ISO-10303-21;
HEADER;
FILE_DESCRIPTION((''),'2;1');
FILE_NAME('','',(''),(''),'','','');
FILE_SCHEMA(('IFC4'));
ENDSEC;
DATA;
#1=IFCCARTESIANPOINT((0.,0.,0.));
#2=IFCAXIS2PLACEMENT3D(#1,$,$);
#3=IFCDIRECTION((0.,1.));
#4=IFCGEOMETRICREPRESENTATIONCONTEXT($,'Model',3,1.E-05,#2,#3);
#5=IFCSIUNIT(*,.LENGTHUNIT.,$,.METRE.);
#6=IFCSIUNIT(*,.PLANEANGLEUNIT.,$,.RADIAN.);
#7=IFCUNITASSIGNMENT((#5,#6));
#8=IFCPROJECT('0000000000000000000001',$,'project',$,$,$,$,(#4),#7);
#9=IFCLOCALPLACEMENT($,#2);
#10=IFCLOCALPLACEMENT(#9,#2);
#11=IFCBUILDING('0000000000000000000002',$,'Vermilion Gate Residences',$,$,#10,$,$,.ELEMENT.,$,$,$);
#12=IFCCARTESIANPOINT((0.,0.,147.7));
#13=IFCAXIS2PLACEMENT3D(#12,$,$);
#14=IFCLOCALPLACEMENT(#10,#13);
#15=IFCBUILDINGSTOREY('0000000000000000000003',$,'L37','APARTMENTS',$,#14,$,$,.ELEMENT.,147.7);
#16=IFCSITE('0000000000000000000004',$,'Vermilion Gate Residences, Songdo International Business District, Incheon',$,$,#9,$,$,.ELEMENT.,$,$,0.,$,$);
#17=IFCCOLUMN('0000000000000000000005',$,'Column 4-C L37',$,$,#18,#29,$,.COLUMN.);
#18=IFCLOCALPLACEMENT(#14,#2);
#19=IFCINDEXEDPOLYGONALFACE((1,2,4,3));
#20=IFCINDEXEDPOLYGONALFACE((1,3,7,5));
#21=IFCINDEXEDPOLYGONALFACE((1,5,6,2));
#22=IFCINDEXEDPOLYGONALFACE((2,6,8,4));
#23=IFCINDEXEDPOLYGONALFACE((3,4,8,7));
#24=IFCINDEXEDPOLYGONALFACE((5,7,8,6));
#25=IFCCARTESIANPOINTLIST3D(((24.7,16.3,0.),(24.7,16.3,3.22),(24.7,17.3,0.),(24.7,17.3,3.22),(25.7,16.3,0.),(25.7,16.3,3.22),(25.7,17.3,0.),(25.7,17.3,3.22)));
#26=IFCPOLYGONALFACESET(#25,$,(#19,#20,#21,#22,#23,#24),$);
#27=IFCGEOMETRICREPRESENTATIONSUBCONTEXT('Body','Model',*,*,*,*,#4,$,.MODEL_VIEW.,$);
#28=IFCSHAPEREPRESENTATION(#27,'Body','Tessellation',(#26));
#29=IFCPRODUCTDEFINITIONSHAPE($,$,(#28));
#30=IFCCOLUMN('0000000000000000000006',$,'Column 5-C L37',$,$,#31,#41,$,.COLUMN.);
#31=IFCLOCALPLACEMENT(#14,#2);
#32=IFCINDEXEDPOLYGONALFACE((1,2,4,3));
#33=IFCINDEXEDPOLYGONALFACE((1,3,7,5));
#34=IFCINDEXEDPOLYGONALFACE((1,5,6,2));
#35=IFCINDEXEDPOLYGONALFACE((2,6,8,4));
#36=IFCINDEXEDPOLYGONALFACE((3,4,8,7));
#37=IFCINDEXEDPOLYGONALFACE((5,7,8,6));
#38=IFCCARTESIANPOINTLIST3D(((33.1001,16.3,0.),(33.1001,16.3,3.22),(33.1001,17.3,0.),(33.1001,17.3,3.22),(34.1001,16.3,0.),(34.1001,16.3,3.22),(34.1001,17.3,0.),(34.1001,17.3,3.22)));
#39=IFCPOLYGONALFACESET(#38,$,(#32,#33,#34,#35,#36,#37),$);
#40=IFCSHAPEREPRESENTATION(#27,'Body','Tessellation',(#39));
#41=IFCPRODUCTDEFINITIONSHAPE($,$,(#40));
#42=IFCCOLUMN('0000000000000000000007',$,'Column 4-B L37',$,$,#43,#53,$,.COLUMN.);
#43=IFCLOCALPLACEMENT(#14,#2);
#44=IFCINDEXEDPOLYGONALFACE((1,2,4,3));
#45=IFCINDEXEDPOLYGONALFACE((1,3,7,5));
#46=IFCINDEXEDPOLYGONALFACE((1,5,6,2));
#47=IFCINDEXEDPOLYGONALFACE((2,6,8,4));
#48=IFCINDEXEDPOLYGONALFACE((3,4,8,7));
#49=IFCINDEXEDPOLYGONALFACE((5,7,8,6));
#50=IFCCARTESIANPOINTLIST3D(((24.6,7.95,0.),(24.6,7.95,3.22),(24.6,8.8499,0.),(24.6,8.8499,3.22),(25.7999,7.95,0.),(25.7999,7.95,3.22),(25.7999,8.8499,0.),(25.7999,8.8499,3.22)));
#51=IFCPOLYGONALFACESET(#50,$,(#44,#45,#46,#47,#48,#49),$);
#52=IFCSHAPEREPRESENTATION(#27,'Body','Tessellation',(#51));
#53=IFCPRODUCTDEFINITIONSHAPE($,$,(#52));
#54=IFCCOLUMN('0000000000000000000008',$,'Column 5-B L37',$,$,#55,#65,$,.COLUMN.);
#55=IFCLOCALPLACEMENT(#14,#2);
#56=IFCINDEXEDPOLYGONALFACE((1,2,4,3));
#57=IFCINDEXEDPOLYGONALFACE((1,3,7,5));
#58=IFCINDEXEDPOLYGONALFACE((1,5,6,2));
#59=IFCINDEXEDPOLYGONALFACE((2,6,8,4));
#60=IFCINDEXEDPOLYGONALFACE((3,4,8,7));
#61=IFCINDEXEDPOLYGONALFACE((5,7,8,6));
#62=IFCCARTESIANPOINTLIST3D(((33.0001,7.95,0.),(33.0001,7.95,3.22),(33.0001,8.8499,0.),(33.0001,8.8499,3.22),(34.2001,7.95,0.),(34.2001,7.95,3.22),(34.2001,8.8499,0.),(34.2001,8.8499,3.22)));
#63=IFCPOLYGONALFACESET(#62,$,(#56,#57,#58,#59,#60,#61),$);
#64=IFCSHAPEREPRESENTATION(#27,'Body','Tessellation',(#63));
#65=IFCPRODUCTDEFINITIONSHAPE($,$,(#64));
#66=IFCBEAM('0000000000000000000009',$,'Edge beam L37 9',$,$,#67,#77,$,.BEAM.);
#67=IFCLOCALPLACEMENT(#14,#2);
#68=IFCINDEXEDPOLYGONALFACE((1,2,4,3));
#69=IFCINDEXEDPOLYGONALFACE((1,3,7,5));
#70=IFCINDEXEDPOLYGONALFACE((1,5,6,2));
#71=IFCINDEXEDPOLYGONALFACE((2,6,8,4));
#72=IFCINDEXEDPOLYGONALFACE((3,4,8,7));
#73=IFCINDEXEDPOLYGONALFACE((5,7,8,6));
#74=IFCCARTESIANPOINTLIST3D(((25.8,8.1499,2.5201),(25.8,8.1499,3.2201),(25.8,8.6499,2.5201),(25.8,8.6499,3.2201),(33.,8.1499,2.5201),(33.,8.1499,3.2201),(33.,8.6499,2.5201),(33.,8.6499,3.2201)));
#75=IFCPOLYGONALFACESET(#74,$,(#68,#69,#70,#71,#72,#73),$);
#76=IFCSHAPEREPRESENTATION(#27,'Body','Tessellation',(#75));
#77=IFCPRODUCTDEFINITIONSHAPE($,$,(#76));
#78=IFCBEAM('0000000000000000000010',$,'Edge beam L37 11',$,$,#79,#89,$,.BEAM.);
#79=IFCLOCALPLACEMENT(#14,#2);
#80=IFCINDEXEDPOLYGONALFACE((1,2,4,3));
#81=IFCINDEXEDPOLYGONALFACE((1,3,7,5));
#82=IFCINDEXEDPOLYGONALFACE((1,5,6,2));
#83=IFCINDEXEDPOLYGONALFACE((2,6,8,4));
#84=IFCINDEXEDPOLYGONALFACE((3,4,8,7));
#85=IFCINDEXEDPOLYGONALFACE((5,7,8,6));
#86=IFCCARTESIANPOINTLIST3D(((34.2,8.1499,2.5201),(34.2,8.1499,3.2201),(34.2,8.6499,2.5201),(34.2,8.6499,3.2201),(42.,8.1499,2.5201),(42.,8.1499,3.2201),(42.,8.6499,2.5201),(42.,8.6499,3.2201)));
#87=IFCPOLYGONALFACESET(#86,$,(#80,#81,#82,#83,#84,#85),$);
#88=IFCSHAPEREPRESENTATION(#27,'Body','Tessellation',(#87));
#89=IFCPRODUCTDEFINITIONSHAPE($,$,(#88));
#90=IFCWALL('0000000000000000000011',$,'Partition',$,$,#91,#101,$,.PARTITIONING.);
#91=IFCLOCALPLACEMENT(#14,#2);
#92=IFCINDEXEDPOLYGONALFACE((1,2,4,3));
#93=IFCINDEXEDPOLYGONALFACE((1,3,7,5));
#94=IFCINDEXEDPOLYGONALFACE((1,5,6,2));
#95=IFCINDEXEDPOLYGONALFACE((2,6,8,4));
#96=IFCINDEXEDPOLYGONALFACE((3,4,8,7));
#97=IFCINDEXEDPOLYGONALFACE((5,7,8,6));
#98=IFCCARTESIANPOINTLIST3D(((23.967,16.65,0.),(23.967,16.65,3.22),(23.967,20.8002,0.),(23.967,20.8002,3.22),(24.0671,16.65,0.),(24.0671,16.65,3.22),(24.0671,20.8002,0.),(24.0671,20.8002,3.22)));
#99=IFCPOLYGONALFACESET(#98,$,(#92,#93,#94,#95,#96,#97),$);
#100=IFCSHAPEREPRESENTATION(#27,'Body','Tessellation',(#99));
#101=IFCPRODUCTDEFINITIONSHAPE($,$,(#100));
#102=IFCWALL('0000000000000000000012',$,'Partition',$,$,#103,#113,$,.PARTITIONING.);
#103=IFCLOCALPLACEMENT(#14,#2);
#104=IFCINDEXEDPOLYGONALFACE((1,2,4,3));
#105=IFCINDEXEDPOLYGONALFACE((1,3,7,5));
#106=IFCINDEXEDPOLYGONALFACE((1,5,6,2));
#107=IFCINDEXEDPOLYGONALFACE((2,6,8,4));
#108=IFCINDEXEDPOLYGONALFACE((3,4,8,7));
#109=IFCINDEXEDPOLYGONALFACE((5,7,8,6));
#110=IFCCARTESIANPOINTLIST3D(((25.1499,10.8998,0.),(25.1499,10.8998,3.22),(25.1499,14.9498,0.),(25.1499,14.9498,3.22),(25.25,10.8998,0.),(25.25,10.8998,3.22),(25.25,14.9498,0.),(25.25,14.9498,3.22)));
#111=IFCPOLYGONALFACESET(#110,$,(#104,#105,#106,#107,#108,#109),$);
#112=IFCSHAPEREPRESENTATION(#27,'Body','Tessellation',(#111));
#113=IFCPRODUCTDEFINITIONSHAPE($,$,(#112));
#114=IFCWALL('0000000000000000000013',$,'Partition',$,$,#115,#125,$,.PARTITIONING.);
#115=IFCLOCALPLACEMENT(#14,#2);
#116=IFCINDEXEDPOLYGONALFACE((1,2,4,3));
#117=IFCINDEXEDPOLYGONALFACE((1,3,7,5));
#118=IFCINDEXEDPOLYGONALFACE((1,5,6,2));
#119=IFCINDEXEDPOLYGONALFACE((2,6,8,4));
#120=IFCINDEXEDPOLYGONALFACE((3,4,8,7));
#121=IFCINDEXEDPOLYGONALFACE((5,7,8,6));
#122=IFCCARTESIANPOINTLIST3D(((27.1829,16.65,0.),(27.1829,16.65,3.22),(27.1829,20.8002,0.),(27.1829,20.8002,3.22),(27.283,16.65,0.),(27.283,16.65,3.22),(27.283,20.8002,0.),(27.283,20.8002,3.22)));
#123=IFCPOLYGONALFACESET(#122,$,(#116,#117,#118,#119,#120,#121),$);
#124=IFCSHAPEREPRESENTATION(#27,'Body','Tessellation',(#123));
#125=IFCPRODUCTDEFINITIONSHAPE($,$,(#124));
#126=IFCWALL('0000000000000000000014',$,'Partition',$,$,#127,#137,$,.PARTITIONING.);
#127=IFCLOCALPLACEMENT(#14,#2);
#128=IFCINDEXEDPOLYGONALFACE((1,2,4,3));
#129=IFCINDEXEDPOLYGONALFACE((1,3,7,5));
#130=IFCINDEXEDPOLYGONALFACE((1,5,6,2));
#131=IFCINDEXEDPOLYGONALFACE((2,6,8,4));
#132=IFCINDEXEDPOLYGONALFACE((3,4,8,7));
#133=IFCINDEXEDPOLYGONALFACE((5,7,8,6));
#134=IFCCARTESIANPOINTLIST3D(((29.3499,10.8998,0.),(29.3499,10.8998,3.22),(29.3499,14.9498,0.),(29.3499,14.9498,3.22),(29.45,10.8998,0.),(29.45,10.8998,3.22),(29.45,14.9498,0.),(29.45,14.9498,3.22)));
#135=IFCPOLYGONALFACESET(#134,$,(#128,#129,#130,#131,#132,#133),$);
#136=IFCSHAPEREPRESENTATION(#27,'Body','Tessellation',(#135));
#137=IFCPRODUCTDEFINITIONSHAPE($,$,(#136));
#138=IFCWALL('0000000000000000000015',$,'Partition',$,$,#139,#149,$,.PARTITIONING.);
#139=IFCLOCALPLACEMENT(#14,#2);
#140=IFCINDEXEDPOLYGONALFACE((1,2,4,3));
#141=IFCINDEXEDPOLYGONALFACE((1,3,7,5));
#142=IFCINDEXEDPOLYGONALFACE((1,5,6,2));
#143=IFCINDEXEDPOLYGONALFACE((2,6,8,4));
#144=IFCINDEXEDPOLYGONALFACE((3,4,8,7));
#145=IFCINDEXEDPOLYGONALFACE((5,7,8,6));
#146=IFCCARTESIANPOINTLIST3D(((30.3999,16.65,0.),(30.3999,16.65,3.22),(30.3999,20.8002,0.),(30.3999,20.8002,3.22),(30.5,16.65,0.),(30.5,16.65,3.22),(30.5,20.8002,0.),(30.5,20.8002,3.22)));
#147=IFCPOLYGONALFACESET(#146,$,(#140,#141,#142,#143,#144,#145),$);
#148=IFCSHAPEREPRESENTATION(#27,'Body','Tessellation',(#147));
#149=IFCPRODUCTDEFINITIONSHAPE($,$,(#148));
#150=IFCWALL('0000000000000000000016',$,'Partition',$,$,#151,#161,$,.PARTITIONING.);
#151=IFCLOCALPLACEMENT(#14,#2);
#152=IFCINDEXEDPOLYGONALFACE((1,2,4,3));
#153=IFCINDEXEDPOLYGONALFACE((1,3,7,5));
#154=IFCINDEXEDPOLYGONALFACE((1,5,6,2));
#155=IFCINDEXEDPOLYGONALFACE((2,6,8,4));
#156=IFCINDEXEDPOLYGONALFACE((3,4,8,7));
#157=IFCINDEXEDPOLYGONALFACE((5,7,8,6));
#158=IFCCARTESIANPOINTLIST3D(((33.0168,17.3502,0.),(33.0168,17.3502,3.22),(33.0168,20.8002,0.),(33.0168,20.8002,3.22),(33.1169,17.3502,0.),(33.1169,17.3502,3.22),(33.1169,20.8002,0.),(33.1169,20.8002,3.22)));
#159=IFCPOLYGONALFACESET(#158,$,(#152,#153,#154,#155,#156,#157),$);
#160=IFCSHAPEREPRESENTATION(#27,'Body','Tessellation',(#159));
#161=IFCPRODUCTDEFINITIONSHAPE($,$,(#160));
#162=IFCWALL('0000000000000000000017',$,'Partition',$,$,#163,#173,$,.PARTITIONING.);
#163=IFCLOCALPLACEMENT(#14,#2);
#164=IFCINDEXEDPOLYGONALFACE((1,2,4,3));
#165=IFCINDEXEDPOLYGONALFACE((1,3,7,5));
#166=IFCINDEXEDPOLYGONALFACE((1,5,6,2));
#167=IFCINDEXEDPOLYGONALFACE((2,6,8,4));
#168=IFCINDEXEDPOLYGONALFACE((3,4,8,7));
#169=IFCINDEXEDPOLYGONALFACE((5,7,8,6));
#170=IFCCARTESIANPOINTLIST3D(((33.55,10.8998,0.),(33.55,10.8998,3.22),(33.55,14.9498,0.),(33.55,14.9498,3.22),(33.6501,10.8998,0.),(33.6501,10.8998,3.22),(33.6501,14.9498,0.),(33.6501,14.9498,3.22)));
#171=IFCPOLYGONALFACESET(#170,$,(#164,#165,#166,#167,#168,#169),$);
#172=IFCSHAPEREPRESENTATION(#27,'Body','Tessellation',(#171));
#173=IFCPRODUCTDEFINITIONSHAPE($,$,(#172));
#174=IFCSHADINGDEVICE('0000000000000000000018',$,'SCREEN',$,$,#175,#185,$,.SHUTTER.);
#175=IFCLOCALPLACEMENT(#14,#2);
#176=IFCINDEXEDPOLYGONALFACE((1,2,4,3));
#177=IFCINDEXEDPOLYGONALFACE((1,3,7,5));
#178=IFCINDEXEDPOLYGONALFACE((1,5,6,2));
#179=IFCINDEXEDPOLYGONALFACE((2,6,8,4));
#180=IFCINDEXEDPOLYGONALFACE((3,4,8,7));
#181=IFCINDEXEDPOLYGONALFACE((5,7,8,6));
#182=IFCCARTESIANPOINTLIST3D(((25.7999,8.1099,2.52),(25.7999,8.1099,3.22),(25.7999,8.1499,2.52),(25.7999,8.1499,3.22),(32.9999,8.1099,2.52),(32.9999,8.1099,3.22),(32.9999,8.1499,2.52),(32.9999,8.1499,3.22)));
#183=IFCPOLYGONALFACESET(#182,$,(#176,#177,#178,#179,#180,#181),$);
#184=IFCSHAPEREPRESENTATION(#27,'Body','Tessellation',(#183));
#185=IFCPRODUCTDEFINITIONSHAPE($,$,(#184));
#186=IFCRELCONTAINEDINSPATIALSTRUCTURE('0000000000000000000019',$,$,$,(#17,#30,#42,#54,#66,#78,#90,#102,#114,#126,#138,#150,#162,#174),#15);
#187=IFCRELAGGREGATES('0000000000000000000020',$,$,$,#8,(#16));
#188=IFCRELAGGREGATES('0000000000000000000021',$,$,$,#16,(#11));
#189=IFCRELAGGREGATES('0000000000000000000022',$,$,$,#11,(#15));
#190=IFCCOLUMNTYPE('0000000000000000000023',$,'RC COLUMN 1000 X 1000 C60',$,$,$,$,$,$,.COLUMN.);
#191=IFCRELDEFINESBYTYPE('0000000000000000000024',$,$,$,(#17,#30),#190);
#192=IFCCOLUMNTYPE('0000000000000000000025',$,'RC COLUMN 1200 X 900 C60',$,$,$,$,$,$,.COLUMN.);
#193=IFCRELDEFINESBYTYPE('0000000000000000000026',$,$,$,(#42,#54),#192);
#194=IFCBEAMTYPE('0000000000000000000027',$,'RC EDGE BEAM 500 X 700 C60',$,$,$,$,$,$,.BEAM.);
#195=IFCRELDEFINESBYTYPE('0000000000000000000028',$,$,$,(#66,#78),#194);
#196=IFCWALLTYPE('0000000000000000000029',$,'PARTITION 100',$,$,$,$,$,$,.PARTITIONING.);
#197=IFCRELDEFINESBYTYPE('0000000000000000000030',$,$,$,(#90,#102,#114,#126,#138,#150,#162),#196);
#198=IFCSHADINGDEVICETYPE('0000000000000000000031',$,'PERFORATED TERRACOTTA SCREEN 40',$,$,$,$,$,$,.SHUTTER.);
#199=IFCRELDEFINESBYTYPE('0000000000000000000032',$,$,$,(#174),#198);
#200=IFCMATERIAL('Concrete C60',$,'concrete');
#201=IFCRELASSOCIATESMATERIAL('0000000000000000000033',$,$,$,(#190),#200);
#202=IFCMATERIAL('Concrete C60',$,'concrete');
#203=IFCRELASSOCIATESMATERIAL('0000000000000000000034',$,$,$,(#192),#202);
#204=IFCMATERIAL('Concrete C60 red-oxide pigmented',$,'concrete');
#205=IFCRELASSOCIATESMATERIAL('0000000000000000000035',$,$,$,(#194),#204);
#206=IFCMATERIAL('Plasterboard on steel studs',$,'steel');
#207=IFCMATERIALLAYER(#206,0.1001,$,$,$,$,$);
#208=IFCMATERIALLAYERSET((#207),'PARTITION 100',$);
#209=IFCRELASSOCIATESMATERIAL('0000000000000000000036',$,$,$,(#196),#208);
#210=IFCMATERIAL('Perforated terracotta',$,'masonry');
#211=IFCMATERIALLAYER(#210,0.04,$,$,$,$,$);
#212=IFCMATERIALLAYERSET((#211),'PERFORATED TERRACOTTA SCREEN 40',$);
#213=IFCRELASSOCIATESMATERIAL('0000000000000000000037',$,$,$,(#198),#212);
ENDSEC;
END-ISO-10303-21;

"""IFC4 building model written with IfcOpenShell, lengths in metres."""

from ifc_helpers import new_model, si_unit, direction, frame, frame_2d, origin, origin_2d, place, context, subcontext, project, spatial, rectangle, extrude, material, layer, layer_set, material_profile, profile_set, type_object, element, save


model = new_model("IFC4")

# Units and contexts
model_context = context("Model", 3, precision=1e-05, world=origin(), true_north=direction((0.0, 1.0)))
body_context = subcontext(model_context, "Body", "Model", "MODEL_VIEW")
ifc_project = project(units=[si_unit("LENGTHUNIT", "METRE"), si_unit("PLANEANGLEUNIT", "RADIAN")], contexts=[model_context])

# Site, building, storey
site_placement = place(None, origin())
site = spatial("IfcSite", under=ifc_project, at=site_placement, Name="Vermilion Gate Residences, Songdo International Business District, Incheon", CompositionType="ELEMENT", RefElevation=0.0)
building_placement = place(site_placement, origin())
building = spatial("IfcBuilding", under=site, at=building_placement, Name="Vermilion Gate Residences", CompositionType="ELEMENT")
storey_placement = place(building_placement, frame((0.0, 0.0, 147.7)))
storey = spatial("IfcBuildingStorey", under=building, at=storey_placement, Name="L37", Description="APARTMENTS", CompositionType="ELEMENT", Elevation=147.7)

# Columns
ifc_material_1 = material(Name="Concrete C60", Category="concrete")
ifc_material_profile_1 = material_profile(ifc_material_1, rectangle(XDim=1.0, YDim=1.0, at=origin_2d()), Name="RC-1000x1000")
ifc_profile_set_1 = profile_set([ifc_material_profile_1], Name="Concrete C60")
column_type_1 = type_object("IfcColumnType", Name="RC COLUMN 1000 X 1000 C60", PredefinedType="COLUMN", material=ifc_profile_set_1)
for number, where, z_axis, x_axis, name in (
    (1, (25.2, 16.8, 0.0), (0.0, 0.0, 1.0), (1.0, 0.0, 0.0), "Column 4-C L37"),
    (2, (33.6001, 16.8, 0.0), (0.0, 0.0, 1.0), (1.0, 0.0, 0.0), "Column 5-C L37"),
):
    element("IfcColumn", number, at=place(storey_placement, frame(where, z_axis=z_axis, x_axis=x_axis)), inside=storey, type_object=column_type_1, Name=name, PredefinedType="COLUMN", context=body_context, shape_type="SweptSolid", body=[
        extrude(rectangle(XDim=1.0, YDim=1.0, at=origin_2d()), origin(), (0.0, 0.0, 1.0), 3.22),
    ])
ifc_material_2 = material(Name="Concrete C60", Category="concrete")
ifc_material_profile_2 = material_profile(ifc_material_2, rectangle(XDim=1.2, YDim=0.8999, at=origin_2d()), Name="RC-1200x900")
ifc_profile_set_2 = profile_set([ifc_material_profile_2], Name="Concrete C60")
column_type_2 = type_object("IfcColumnType", Name="RC COLUMN 1200 X 900 C60", PredefinedType="COLUMN", material=ifc_profile_set_2)
for number, where, z_axis, x_axis, name in (
    (3, (25.2, 8.3999, 0.0), (0.0, 0.0, 1.0), (1.0, 0.0, 0.0), "Column 4-B L37"),
    (4, (33.6001, 8.3999, 0.0), (0.0, 0.0, 1.0), (1.0, 0.0, 0.0), "Column 5-B L37"),
):
    element("IfcColumn", number, at=place(storey_placement, frame(where, z_axis=z_axis, x_axis=x_axis)), inside=storey, type_object=column_type_2, Name=name, PredefinedType="COLUMN", context=body_context, shape_type="SweptSolid", body=[
        extrude(rectangle(XDim=1.2, YDim=0.8999, at=origin_2d()), origin(), (0.0, 0.0, 1.0), 3.22),
    ])

# Beams
ifc_material_3 = material(Name="Concrete C60 red-oxide pigmented", Category="concrete")
ifc_material_profile_3 = material_profile(ifc_material_3, rectangle(XDim=0.5, YDim=0.7, at=origin_2d()), Name="RC-500x700")
ifc_profile_set_3 = profile_set([ifc_material_profile_3], Name="Concrete C60 red-oxide pigmented")
beam_type = type_object("IfcBeamType", Name="RC EDGE BEAM 500 X 700 C60", PredefinedType="BEAM", material=ifc_profile_set_3)
beam_1_placement = place(storey_placement, frame((25.8, 8.3999, 2.8701), z_axis=(1.0, 0.0, 0.0), x_axis=(0.0, 1.0, 0.0)))
element("IfcBeam", 5, at=beam_1_placement, inside=storey, type_object=beam_type, Name="Edge beam L37 9", PredefinedType="BEAM", context=body_context, shape_type="SweptSolid", body=[
    extrude(rectangle(XDim=0.5, YDim=0.7, at=origin_2d()), origin(), (0.0, 0.0, 1.0), 7.2),
])
beam_2_placement = place(storey_placement, frame((34.2, 8.3999, 2.8701), z_axis=(1.0, 0.0, 0.0), x_axis=(0.0, 1.0, 0.0)))
element("IfcBeam", 6, at=beam_2_placement, inside=storey, type_object=beam_type, Name="Edge beam L37 11", PredefinedType="BEAM", context=body_context, shape_type="SweptSolid", body=[
    extrude(rectangle(XDim=0.5, YDim=0.7, at=origin_2d()), origin(), (0.0, 0.0, 1.0), 7.8),
])

# Walls
ifc_material_4 = material(Name="Plasterboard on steel studs", Category="steel")
ifc_layer_1 = layer(ifc_material_4, 0.1001)
ifc_layer_set_1 = layer_set([ifc_layer_1], Name="PARTITION 100")
wall_type = type_object("IfcWallType", Name="PARTITION 100", PredefinedType="PARTITIONING", material=ifc_layer_set_1)
wall_1_placement = place(storey_placement, frame((24.0171, 16.6499, 0.0), z_axis=(0.0, 0.0, 1.0), x_axis=(0.0, 1.0, 0.0)))
element("IfcWall", 7, at=wall_1_placement, inside=storey, type_object=wall_type, Name="Partition", PredefinedType="PARTITIONING", context=body_context, shape_type="SweptSolid", body=[
    extrude(rectangle(XDim=4.1501, YDim=0.1001, at=frame_2d((2.0752, 0.0))), origin(), (0.0, 0.0, 1.0), 3.22),
])
wall_2_placement = place(storey_placement, frame((25.2, 10.8999, 0.0), z_axis=(0.0, 0.0, 1.0), x_axis=(0.0, 1.0, 0.0)))
element("IfcWall", 8, at=wall_2_placement, inside=storey, type_object=wall_type, Name="Partition", PredefinedType="PARTITIONING", context=body_context, shape_type="SweptSolid", body=[
    extrude(rectangle(XDim=4.05, YDim=0.1001, at=frame_2d((2.0249, 0.0))), origin(), (0.0, 0.0, 1.0), 3.22),
])
wall_3_placement = place(storey_placement, frame((27.2329, 16.6499, 0.0), z_axis=(0.0, 0.0, 1.0), x_axis=(0.0, 1.0, 0.0)))
element("IfcWall", 9, at=wall_3_placement, inside=storey, type_object=wall_type, Name="Partition", PredefinedType="PARTITIONING", context=body_context, shape_type="SweptSolid", body=[
    extrude(rectangle(XDim=4.1501, YDim=0.1001, at=frame_2d((2.0752, 0.0))), origin(), (0.0, 0.0, 1.0), 3.22),
])
wall_4_placement = place(storey_placement, frame((29.3999, 10.8999, 0.0), z_axis=(0.0, 0.0, 1.0), x_axis=(0.0, 1.0, 0.0)))
element("IfcWall", 10, at=wall_4_placement, inside=storey, type_object=wall_type, Name="Partition", PredefinedType="PARTITIONING", context=body_context, shape_type="SweptSolid", body=[
    extrude(rectangle(XDim=4.05, YDim=0.1001, at=frame_2d((2.0249, 0.0))), origin(), (0.0, 0.0, 1.0), 3.22),
])
wall_5_placement = place(storey_placement, frame((30.45, 16.6499, 0.0), z_axis=(0.0, 0.0, 1.0), x_axis=(0.0, 1.0, 0.0)))
element("IfcWall", 11, at=wall_5_placement, inside=storey, type_object=wall_type, Name="Partition", PredefinedType="PARTITIONING", context=body_context, shape_type="SweptSolid", body=[
    extrude(rectangle(XDim=4.1501, YDim=0.1001, at=frame_2d((2.0752, 0.0))), origin(), (0.0, 0.0, 1.0), 3.22),
])
wall_6_placement = place(storey_placement, frame((33.0669, 17.3501, 0.0), z_axis=(0.0, 0.0, 1.0), x_axis=(0.0, 1.0, 0.0)))
element("IfcWall", 12, at=wall_6_placement, inside=storey, type_object=wall_type, Name="Partition", PredefinedType="PARTITIONING", context=body_context, shape_type="SweptSolid", body=[
    extrude(rectangle(XDim=3.45, YDim=0.1001, at=frame_2d((1.7251, 0.0))), origin(), (0.0, 0.0, 1.0), 3.22),
])
wall_7_placement = place(storey_placement, frame((33.6001, 10.8999, 0.0), z_axis=(0.0, 0.0, 1.0), x_axis=(0.0, 1.0, 0.0)))
element("IfcWall", 13, at=wall_7_placement, inside=storey, type_object=wall_type, Name="Partition", PredefinedType="PARTITIONING", context=body_context, shape_type="SweptSolid", body=[
    extrude(rectangle(XDim=4.05, YDim=0.1001, at=frame_2d((2.0249, 0.0))), origin(), (0.0, 0.0, 1.0), 3.22),
])

# Shading device
ifc_material_5 = material(Name="Perforated terracotta", Category="masonry")
ifc_layer_2 = layer(ifc_material_5, 0.04)
ifc_layer_set_2 = layer_set([ifc_layer_2], Name="PERFORATED TERRACOTTA SCREEN 40")
shading_device_type_1 = type_object("IfcShadingDeviceType", Name="PERFORATED TERRACOTTA SCREEN 40", PredefinedType="SHUTTER", material=ifc_layer_set_2)
shading_device_1_placement = place(storey_placement, frame((29.3999, 8.1299, 2.52), z_axis=(0.0, 0.0, 1.0), x_axis=(1.0, 0.0, 0.0)))
element("IfcShadingDevice", 14, at=shading_device_1_placement, inside=storey, type_object=shading_device_type_1, Name="SCREEN", PredefinedType="SHUTTER", context=body_context, shape_type="SweptSolid", body=[
    extrude(rectangle(XDim=7.2, YDim=0.04, at=origin_2d()), origin(), (0.0, 0.0, 1.0), 0.7),
])

save(model, "model.ifc")
